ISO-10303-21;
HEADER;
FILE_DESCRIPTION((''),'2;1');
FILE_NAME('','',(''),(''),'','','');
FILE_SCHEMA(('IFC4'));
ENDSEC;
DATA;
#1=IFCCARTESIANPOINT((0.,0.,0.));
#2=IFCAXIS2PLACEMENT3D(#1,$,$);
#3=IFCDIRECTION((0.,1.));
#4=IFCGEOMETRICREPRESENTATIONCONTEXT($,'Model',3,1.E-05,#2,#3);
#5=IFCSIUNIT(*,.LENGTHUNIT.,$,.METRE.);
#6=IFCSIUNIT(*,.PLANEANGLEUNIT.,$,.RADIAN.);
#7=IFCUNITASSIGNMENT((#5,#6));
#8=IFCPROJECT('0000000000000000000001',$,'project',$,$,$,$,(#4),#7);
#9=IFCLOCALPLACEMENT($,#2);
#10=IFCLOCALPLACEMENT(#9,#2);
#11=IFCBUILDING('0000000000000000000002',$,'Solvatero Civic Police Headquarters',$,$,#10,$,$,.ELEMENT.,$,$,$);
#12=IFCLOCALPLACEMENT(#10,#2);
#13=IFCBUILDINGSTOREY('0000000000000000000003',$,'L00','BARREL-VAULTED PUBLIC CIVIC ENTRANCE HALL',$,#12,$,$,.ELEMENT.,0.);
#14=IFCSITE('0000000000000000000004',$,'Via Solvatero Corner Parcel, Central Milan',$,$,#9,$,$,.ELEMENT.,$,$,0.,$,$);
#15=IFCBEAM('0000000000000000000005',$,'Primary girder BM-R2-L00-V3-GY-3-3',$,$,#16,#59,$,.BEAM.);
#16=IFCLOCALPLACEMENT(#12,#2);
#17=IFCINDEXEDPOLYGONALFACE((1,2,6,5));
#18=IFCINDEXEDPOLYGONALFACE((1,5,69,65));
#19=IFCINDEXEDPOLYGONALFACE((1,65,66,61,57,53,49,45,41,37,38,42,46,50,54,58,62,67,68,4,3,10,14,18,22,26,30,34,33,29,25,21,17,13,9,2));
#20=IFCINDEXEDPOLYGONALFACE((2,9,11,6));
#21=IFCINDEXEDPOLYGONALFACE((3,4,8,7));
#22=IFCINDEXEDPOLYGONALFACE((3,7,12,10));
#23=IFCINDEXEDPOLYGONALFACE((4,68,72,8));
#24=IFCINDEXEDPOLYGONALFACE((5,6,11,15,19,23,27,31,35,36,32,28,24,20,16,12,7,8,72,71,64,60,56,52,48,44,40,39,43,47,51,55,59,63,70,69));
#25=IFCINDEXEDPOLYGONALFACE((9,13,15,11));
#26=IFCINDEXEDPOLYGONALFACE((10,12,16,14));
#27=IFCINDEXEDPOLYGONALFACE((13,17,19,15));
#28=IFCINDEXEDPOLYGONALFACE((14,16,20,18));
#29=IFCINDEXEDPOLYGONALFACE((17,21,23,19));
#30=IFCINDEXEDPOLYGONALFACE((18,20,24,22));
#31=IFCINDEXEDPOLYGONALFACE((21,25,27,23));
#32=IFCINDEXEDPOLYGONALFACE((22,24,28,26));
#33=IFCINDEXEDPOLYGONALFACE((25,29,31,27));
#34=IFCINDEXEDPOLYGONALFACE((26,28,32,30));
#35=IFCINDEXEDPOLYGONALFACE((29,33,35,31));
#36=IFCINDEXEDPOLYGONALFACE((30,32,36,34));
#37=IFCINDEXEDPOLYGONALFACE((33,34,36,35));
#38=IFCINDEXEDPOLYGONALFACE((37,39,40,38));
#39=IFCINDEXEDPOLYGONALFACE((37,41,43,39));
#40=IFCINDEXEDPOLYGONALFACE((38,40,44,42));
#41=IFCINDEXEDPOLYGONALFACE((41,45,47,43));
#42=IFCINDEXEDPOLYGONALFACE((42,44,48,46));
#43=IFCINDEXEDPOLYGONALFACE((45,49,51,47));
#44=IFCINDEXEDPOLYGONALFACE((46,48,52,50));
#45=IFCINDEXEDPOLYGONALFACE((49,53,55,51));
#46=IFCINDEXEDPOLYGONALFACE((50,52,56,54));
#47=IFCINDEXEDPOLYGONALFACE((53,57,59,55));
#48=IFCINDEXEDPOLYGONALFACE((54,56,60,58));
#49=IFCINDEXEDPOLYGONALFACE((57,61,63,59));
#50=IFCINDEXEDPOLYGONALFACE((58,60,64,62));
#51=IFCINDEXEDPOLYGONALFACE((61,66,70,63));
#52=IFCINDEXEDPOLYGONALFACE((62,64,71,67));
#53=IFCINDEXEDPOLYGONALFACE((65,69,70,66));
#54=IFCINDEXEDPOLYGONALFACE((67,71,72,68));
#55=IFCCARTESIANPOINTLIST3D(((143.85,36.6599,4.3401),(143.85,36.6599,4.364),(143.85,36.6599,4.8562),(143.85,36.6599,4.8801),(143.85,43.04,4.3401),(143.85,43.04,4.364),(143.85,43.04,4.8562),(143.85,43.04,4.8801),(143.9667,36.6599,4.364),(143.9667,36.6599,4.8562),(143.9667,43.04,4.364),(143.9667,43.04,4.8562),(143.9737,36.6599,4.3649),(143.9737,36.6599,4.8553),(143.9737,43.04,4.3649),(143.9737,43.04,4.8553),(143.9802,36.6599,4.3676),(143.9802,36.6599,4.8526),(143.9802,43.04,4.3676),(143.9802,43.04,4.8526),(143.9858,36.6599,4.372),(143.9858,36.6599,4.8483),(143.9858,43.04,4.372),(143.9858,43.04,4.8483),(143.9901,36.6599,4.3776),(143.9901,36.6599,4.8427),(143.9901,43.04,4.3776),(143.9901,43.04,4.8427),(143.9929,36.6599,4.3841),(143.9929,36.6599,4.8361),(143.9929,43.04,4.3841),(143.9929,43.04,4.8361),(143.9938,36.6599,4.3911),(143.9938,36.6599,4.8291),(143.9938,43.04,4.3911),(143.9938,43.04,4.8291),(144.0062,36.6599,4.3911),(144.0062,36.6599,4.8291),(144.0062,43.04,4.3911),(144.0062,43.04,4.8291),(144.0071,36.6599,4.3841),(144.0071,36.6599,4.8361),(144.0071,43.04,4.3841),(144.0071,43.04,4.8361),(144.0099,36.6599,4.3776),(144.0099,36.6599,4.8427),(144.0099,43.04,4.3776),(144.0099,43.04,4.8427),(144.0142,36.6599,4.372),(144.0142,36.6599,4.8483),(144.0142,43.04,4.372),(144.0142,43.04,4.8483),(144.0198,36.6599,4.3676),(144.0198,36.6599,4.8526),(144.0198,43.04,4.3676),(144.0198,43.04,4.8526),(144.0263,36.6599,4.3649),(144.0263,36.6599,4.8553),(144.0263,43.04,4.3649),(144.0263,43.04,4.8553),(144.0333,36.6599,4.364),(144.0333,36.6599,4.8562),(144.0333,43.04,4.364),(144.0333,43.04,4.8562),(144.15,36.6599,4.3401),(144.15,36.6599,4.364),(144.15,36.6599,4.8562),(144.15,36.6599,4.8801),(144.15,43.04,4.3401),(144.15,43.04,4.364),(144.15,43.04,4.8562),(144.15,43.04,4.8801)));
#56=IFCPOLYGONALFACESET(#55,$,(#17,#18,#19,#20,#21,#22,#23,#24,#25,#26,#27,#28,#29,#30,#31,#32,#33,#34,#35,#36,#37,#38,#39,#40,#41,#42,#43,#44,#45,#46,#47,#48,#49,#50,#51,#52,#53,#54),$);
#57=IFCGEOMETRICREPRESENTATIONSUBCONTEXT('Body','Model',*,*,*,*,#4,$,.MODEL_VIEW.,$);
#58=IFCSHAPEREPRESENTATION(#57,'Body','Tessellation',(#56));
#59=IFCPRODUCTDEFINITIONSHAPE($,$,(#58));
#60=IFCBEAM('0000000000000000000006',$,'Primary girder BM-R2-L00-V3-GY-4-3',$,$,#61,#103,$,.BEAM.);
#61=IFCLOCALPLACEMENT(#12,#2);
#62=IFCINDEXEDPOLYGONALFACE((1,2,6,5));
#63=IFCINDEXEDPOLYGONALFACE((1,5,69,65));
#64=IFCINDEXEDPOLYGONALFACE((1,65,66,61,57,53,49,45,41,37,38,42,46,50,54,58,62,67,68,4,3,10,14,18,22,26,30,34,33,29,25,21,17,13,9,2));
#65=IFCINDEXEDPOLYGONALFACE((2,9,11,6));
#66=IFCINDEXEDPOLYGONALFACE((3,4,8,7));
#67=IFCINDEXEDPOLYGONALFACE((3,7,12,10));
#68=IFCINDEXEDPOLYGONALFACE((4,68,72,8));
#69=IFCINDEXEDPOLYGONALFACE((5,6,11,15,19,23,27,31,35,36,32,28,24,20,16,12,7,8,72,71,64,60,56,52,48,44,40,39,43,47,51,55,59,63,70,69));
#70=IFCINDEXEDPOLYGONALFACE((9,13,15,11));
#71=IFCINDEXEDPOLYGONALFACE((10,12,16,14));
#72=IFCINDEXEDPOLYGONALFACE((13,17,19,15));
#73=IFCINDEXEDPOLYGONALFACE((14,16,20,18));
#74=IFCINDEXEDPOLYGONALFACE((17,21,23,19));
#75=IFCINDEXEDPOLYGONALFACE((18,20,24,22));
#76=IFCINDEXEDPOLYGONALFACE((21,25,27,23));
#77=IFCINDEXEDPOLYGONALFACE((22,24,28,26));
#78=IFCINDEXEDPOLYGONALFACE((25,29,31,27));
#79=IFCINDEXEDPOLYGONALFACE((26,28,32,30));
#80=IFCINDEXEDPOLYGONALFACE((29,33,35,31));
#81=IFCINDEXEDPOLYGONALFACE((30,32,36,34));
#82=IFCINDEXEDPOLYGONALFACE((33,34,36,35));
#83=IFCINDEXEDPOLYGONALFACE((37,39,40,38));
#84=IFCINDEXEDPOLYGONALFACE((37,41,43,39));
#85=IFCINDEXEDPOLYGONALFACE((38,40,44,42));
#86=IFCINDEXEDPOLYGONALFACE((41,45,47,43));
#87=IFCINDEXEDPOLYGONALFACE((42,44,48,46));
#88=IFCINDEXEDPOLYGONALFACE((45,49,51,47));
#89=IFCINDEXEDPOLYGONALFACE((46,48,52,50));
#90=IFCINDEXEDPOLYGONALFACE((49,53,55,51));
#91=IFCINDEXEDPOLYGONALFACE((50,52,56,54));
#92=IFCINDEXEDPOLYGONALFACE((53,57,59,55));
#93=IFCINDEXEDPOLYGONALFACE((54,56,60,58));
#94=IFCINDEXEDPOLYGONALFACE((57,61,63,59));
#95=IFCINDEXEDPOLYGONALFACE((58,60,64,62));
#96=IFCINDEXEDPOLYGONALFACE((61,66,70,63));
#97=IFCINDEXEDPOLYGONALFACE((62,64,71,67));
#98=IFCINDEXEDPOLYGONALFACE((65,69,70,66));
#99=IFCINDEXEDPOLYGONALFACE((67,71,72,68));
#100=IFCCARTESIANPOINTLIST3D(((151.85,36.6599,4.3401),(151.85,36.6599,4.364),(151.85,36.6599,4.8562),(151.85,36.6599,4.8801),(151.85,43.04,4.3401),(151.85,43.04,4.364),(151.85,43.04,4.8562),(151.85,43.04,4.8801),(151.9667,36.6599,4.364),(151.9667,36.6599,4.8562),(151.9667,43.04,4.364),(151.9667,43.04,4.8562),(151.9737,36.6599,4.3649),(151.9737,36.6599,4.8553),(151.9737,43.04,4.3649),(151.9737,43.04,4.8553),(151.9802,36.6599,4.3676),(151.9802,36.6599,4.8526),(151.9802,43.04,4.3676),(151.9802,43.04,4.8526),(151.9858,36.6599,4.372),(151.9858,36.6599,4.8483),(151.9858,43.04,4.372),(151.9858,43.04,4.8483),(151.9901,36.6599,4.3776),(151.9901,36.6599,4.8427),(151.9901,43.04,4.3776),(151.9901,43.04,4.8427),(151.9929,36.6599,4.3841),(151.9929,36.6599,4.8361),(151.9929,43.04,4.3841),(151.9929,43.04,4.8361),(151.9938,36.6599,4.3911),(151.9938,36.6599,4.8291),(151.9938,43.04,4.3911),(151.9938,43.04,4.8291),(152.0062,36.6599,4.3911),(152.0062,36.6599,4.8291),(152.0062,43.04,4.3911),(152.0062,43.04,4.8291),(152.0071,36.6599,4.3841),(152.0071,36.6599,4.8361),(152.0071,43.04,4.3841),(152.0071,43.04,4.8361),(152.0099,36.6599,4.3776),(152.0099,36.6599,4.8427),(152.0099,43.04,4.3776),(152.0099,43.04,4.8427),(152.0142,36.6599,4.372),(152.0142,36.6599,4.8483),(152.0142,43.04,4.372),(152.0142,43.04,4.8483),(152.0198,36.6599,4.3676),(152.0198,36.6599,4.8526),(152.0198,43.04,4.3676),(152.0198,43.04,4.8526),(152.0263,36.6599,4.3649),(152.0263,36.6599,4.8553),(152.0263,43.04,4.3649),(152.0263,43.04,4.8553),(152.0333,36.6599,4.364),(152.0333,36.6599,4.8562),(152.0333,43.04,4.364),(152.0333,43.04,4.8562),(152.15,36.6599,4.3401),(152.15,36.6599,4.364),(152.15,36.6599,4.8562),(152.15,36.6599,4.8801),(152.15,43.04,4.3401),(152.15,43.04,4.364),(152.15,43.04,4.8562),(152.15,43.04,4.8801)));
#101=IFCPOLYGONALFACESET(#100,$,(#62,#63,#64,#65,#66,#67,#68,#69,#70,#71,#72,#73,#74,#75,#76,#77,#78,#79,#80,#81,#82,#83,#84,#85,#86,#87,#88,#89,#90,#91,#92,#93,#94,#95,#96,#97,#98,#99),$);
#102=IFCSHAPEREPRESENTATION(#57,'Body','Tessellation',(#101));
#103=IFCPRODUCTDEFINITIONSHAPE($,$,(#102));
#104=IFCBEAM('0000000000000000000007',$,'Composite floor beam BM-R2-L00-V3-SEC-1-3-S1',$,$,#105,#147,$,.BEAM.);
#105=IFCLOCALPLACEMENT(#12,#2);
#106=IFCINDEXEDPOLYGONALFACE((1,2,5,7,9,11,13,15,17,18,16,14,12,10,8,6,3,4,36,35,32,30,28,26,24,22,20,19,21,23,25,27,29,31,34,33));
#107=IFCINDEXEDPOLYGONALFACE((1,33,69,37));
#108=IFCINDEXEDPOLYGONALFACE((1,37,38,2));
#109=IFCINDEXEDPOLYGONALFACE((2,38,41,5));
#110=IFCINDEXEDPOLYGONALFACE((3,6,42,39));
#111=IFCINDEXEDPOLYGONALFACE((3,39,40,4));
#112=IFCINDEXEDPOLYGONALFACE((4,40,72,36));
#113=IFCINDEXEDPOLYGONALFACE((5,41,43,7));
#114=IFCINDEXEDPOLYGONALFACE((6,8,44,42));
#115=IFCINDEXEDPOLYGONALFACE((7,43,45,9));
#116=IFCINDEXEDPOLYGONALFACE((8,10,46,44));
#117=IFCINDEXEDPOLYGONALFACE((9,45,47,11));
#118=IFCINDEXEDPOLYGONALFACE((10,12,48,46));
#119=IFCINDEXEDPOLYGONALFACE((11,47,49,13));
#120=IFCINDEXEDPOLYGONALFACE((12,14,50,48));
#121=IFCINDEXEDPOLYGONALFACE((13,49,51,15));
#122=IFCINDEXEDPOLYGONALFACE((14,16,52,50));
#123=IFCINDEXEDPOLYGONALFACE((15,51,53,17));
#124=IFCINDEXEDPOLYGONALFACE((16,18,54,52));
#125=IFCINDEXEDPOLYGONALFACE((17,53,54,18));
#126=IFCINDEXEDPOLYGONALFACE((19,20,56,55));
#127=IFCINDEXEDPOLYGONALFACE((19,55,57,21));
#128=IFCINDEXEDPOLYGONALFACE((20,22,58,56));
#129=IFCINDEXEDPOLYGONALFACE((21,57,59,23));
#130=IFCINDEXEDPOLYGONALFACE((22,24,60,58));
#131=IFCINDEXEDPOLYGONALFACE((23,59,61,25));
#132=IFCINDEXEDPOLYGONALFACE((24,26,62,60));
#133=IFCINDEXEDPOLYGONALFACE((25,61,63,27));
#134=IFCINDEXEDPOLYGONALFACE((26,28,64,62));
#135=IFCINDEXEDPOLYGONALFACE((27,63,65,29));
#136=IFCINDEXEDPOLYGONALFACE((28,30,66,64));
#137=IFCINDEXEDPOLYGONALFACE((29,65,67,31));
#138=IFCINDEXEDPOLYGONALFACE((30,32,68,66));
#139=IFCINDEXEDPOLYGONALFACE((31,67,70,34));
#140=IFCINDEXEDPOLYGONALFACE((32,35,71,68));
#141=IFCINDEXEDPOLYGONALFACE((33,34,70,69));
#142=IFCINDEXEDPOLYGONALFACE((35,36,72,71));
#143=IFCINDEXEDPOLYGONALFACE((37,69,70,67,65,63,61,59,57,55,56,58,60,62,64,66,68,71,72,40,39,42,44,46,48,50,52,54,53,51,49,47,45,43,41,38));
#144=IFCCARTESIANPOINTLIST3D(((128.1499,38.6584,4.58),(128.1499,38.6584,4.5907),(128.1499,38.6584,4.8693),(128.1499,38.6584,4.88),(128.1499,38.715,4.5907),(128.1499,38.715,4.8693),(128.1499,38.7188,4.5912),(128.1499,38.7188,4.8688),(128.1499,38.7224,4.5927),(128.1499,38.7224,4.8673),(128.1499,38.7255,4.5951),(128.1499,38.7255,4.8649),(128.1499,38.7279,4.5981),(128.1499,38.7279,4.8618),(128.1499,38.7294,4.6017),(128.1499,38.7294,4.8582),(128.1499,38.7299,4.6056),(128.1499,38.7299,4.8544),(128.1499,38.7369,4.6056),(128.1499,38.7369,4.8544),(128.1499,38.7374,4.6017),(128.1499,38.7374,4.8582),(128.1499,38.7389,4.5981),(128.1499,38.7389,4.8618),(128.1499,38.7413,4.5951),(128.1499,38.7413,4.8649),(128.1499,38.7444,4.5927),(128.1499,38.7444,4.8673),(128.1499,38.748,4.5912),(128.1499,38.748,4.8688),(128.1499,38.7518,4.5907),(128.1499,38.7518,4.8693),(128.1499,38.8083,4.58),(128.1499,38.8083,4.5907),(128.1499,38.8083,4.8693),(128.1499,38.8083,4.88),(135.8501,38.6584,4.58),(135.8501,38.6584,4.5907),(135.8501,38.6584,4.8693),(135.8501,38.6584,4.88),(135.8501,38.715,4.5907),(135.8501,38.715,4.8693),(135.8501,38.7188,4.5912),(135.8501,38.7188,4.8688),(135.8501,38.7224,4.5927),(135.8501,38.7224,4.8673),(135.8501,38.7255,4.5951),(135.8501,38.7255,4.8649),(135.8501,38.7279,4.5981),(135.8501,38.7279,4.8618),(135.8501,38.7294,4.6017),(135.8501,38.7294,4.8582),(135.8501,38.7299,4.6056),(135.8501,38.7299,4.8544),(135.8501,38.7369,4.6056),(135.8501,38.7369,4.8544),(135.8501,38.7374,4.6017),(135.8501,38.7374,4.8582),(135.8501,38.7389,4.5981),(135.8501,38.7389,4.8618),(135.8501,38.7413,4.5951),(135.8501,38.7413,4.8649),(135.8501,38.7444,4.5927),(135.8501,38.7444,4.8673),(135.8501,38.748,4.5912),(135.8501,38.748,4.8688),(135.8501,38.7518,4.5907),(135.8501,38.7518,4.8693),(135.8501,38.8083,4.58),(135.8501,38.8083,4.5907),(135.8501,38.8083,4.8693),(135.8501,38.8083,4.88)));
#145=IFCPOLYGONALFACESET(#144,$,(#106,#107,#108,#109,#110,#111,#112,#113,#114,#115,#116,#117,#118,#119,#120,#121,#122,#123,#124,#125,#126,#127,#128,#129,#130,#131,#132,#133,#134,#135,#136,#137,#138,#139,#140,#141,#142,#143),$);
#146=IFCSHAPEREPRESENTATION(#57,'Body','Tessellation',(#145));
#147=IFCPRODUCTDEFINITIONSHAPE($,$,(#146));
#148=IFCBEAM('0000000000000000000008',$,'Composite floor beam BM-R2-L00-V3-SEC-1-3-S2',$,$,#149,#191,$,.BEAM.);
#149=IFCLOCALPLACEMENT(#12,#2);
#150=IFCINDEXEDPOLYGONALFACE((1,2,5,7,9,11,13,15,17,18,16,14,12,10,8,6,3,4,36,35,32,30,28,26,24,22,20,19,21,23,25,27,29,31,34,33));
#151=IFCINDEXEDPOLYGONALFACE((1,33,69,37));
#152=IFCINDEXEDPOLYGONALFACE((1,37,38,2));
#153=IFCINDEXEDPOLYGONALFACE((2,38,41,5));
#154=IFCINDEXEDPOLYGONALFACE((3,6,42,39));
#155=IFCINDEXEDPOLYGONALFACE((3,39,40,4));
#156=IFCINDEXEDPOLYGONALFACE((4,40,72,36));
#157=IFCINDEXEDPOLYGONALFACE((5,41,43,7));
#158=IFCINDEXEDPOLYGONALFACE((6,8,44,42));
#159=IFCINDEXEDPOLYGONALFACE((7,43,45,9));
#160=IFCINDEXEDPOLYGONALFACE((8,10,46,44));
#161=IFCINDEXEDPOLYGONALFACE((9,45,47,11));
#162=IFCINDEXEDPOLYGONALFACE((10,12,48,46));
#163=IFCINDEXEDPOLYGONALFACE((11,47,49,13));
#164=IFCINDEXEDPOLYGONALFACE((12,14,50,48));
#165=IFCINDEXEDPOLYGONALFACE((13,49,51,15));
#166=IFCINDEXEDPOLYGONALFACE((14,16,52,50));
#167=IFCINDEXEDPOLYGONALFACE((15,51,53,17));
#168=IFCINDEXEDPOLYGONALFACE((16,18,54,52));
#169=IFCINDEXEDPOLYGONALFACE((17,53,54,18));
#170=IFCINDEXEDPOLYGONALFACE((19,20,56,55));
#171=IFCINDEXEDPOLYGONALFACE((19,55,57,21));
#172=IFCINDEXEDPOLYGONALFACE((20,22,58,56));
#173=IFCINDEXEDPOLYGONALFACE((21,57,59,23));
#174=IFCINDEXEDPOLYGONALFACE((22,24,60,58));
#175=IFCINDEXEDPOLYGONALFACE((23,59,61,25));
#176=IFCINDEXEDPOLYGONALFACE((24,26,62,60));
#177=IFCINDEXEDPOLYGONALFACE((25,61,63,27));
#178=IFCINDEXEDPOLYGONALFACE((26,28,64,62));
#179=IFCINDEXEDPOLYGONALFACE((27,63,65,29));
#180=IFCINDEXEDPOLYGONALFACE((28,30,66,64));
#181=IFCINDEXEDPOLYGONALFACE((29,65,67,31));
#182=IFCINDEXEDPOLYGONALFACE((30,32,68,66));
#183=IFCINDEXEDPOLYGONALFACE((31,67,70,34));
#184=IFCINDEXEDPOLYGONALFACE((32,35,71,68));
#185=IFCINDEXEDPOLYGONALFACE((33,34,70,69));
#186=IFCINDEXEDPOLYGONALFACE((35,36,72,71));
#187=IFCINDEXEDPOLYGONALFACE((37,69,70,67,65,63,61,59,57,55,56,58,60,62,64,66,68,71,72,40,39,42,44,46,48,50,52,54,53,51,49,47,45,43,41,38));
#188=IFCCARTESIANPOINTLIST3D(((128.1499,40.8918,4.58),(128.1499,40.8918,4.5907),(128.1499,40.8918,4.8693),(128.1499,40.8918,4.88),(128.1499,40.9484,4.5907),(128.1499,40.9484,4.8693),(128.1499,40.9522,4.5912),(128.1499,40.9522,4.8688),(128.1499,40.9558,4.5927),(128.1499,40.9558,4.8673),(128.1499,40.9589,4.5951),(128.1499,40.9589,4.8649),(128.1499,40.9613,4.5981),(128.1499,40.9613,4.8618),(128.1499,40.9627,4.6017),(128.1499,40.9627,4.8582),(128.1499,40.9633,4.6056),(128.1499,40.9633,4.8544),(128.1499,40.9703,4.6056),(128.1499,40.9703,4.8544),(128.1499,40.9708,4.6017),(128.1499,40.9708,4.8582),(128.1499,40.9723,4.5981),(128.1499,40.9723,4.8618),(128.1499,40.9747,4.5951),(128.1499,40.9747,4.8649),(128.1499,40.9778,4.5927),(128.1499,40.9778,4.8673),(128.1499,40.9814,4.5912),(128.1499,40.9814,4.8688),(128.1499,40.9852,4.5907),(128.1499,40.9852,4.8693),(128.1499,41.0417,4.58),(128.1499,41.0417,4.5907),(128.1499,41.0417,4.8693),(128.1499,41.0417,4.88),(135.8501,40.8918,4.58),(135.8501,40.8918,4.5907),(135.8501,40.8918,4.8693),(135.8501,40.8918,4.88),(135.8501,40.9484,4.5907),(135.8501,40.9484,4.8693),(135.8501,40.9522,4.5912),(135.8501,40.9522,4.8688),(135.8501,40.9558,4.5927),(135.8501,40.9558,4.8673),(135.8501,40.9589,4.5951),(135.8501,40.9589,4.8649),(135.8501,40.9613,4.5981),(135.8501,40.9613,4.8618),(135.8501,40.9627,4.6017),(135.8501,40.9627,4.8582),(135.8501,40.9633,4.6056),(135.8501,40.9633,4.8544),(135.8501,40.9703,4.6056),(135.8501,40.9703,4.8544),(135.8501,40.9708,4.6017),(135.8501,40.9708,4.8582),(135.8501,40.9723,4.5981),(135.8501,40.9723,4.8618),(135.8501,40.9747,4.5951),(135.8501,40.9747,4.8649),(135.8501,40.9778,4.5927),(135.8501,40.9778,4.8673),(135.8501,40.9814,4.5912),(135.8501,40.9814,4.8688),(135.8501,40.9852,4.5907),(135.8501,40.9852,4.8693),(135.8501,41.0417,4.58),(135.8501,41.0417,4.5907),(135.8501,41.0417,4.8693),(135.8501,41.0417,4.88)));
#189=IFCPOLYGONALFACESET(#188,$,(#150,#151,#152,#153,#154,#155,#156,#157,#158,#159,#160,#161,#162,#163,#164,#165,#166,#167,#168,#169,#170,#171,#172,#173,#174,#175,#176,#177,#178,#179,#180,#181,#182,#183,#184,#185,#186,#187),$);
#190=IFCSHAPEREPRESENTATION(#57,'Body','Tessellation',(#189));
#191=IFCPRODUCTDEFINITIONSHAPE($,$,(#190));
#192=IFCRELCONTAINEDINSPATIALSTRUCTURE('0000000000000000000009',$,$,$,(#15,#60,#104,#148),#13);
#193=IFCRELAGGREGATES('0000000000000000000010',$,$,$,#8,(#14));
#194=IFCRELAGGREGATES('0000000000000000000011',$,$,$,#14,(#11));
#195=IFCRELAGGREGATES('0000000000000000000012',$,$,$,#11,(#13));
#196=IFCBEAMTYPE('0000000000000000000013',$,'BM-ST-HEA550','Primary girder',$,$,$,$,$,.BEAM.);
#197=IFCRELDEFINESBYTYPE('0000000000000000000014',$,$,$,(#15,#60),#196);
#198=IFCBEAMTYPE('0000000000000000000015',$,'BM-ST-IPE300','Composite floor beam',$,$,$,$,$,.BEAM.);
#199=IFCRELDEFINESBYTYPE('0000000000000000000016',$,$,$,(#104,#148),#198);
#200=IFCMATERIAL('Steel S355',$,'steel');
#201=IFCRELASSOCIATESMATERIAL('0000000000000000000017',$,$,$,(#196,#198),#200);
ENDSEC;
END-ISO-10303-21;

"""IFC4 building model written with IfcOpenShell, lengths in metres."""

from ifc_helpers import new_model, si_unit, direction, frame, origin, origin_2d, place, context, subcontext, project, spatial, i_section, extrude, material, material_profile, profile_set, type_object, element, save


model = new_model("IFC4")

# Units and contexts
model_context = context("Model", 3, precision=1e-05, world=origin(), true_north=direction((0.0, 1.0)))
body_context = subcontext(model_context, "Body", "Model", "MODEL_VIEW")
ifc_project = project(units=[si_unit("LENGTHUNIT", "METRE"), si_unit("PLANEANGLEUNIT", "RADIAN")], contexts=[model_context])

# Site, building, storey
site_placement = place(None, origin())
site = spatial("IfcSite", under=ifc_project, at=site_placement, Name="Via Solvatero Corner Parcel, Central Milan", CompositionType="ELEMENT", RefElevation=0.0)
building_placement = place(site_placement, origin())
building = spatial("IfcBuilding", under=site, at=building_placement, Name="Solvatero Civic Police Headquarters", CompositionType="ELEMENT")
storey_placement = place(building_placement, origin())
storey = spatial("IfcBuildingStorey", under=building, at=storey_placement, Name="L00", Description="BARREL-VAULTED PUBLIC CIVIC ENTRANCE HALL", CompositionType="ELEMENT", Elevation=0.0)

# Beams
ifc_material_1 = material(Name="Steel S355", Category="steel")
ifc_material_profile_1 = material_profile(ifc_material_1, i_section(OverallWidth=0.3, OverallDepth=0.54, WebThickness=0.0125, FlangeThickness=0.0239, FilletRadius=0.0271, at=origin_2d()), Name="HEA 550")
ifc_profile_set_1 = profile_set([ifc_material_profile_1], Name="Steel S355")
beam_type_1 = type_object("IfcBeamType", Name="BM-ST-HEA550", Description="Primary girder", PredefinedType="BEAM", material=ifc_profile_set_1)
for number, where, z_axis, x_axis, name in (
    (1, (144.0, 36.6599, 4.6101), (0.0, 1.0, 0.0), (-1.0, 0.0, 0.0), "Primary girder BM-R2-L00-V3-GY-3-3"),
    (2, (152.0, 36.6599, 4.6101), (0.0, 1.0, 0.0), (-1.0, 0.0, 0.0), "Primary girder BM-R2-L00-V3-GY-4-3"),
):
    element("IfcBeam", number, at=place(storey_placement, frame(where, z_axis=z_axis, x_axis=x_axis)), inside=storey, type_object=beam_type_1, Name=name, PredefinedType="BEAM", context=body_context, shape_type="SweptSolid", body=[
        extrude(i_section(OverallWidth=0.3, OverallDepth=0.54, WebThickness=0.0125, FlangeThickness=0.0239, FilletRadius=0.0271, at=origin_2d()), origin(), (0.0, 0.0, 1.0), 6.3801),
    ])
ifc_material_profile_2 = material_profile(ifc_material_1, i_section(OverallWidth=0.1499, OverallDepth=0.3, WebThickness=0.0071, FlangeThickness=0.0107, FilletRadius=0.0149, at=origin_2d()), Name="IPE 300")
ifc_profile_set_2 = profile_set([ifc_material_profile_2], Name="Steel S355")
beam_type_2 = type_object("IfcBeamType", Name="BM-ST-IPE300", Description="Composite floor beam", PredefinedType="BEAM", material=ifc_profile_set_2)
for number, where, z_axis, x_axis, name in (
    (3, (128.1499, 38.7334, 4.73), (1.0, 0.0, 0.0), (0.0, 1.0, 0.0), "Composite floor beam BM-R2-L00-V3-SEC-1-3-S1"),
    (4, (128.1499, 40.9668, 4.73), (1.0, 0.0, 0.0), (0.0, 1.0, 0.0), "Composite floor beam BM-R2-L00-V3-SEC-1-3-S2"),
):
    element("IfcBeam", number, at=place(storey_placement, frame(where, z_axis=z_axis, x_axis=x_axis)), inside=storey, type_object=beam_type_2, Name=name, PredefinedType="BEAM", context=body_context, shape_type="SweptSolid", body=[
        extrude(i_section(OverallWidth=0.1499, OverallDepth=0.3, WebThickness=0.0071, FlangeThickness=0.0107, FilletRadius=0.0149, at=origin_2d()), origin(), (0.0, 0.0, 1.0), 7.7002),
    ])

save(model, "model.ifc")
